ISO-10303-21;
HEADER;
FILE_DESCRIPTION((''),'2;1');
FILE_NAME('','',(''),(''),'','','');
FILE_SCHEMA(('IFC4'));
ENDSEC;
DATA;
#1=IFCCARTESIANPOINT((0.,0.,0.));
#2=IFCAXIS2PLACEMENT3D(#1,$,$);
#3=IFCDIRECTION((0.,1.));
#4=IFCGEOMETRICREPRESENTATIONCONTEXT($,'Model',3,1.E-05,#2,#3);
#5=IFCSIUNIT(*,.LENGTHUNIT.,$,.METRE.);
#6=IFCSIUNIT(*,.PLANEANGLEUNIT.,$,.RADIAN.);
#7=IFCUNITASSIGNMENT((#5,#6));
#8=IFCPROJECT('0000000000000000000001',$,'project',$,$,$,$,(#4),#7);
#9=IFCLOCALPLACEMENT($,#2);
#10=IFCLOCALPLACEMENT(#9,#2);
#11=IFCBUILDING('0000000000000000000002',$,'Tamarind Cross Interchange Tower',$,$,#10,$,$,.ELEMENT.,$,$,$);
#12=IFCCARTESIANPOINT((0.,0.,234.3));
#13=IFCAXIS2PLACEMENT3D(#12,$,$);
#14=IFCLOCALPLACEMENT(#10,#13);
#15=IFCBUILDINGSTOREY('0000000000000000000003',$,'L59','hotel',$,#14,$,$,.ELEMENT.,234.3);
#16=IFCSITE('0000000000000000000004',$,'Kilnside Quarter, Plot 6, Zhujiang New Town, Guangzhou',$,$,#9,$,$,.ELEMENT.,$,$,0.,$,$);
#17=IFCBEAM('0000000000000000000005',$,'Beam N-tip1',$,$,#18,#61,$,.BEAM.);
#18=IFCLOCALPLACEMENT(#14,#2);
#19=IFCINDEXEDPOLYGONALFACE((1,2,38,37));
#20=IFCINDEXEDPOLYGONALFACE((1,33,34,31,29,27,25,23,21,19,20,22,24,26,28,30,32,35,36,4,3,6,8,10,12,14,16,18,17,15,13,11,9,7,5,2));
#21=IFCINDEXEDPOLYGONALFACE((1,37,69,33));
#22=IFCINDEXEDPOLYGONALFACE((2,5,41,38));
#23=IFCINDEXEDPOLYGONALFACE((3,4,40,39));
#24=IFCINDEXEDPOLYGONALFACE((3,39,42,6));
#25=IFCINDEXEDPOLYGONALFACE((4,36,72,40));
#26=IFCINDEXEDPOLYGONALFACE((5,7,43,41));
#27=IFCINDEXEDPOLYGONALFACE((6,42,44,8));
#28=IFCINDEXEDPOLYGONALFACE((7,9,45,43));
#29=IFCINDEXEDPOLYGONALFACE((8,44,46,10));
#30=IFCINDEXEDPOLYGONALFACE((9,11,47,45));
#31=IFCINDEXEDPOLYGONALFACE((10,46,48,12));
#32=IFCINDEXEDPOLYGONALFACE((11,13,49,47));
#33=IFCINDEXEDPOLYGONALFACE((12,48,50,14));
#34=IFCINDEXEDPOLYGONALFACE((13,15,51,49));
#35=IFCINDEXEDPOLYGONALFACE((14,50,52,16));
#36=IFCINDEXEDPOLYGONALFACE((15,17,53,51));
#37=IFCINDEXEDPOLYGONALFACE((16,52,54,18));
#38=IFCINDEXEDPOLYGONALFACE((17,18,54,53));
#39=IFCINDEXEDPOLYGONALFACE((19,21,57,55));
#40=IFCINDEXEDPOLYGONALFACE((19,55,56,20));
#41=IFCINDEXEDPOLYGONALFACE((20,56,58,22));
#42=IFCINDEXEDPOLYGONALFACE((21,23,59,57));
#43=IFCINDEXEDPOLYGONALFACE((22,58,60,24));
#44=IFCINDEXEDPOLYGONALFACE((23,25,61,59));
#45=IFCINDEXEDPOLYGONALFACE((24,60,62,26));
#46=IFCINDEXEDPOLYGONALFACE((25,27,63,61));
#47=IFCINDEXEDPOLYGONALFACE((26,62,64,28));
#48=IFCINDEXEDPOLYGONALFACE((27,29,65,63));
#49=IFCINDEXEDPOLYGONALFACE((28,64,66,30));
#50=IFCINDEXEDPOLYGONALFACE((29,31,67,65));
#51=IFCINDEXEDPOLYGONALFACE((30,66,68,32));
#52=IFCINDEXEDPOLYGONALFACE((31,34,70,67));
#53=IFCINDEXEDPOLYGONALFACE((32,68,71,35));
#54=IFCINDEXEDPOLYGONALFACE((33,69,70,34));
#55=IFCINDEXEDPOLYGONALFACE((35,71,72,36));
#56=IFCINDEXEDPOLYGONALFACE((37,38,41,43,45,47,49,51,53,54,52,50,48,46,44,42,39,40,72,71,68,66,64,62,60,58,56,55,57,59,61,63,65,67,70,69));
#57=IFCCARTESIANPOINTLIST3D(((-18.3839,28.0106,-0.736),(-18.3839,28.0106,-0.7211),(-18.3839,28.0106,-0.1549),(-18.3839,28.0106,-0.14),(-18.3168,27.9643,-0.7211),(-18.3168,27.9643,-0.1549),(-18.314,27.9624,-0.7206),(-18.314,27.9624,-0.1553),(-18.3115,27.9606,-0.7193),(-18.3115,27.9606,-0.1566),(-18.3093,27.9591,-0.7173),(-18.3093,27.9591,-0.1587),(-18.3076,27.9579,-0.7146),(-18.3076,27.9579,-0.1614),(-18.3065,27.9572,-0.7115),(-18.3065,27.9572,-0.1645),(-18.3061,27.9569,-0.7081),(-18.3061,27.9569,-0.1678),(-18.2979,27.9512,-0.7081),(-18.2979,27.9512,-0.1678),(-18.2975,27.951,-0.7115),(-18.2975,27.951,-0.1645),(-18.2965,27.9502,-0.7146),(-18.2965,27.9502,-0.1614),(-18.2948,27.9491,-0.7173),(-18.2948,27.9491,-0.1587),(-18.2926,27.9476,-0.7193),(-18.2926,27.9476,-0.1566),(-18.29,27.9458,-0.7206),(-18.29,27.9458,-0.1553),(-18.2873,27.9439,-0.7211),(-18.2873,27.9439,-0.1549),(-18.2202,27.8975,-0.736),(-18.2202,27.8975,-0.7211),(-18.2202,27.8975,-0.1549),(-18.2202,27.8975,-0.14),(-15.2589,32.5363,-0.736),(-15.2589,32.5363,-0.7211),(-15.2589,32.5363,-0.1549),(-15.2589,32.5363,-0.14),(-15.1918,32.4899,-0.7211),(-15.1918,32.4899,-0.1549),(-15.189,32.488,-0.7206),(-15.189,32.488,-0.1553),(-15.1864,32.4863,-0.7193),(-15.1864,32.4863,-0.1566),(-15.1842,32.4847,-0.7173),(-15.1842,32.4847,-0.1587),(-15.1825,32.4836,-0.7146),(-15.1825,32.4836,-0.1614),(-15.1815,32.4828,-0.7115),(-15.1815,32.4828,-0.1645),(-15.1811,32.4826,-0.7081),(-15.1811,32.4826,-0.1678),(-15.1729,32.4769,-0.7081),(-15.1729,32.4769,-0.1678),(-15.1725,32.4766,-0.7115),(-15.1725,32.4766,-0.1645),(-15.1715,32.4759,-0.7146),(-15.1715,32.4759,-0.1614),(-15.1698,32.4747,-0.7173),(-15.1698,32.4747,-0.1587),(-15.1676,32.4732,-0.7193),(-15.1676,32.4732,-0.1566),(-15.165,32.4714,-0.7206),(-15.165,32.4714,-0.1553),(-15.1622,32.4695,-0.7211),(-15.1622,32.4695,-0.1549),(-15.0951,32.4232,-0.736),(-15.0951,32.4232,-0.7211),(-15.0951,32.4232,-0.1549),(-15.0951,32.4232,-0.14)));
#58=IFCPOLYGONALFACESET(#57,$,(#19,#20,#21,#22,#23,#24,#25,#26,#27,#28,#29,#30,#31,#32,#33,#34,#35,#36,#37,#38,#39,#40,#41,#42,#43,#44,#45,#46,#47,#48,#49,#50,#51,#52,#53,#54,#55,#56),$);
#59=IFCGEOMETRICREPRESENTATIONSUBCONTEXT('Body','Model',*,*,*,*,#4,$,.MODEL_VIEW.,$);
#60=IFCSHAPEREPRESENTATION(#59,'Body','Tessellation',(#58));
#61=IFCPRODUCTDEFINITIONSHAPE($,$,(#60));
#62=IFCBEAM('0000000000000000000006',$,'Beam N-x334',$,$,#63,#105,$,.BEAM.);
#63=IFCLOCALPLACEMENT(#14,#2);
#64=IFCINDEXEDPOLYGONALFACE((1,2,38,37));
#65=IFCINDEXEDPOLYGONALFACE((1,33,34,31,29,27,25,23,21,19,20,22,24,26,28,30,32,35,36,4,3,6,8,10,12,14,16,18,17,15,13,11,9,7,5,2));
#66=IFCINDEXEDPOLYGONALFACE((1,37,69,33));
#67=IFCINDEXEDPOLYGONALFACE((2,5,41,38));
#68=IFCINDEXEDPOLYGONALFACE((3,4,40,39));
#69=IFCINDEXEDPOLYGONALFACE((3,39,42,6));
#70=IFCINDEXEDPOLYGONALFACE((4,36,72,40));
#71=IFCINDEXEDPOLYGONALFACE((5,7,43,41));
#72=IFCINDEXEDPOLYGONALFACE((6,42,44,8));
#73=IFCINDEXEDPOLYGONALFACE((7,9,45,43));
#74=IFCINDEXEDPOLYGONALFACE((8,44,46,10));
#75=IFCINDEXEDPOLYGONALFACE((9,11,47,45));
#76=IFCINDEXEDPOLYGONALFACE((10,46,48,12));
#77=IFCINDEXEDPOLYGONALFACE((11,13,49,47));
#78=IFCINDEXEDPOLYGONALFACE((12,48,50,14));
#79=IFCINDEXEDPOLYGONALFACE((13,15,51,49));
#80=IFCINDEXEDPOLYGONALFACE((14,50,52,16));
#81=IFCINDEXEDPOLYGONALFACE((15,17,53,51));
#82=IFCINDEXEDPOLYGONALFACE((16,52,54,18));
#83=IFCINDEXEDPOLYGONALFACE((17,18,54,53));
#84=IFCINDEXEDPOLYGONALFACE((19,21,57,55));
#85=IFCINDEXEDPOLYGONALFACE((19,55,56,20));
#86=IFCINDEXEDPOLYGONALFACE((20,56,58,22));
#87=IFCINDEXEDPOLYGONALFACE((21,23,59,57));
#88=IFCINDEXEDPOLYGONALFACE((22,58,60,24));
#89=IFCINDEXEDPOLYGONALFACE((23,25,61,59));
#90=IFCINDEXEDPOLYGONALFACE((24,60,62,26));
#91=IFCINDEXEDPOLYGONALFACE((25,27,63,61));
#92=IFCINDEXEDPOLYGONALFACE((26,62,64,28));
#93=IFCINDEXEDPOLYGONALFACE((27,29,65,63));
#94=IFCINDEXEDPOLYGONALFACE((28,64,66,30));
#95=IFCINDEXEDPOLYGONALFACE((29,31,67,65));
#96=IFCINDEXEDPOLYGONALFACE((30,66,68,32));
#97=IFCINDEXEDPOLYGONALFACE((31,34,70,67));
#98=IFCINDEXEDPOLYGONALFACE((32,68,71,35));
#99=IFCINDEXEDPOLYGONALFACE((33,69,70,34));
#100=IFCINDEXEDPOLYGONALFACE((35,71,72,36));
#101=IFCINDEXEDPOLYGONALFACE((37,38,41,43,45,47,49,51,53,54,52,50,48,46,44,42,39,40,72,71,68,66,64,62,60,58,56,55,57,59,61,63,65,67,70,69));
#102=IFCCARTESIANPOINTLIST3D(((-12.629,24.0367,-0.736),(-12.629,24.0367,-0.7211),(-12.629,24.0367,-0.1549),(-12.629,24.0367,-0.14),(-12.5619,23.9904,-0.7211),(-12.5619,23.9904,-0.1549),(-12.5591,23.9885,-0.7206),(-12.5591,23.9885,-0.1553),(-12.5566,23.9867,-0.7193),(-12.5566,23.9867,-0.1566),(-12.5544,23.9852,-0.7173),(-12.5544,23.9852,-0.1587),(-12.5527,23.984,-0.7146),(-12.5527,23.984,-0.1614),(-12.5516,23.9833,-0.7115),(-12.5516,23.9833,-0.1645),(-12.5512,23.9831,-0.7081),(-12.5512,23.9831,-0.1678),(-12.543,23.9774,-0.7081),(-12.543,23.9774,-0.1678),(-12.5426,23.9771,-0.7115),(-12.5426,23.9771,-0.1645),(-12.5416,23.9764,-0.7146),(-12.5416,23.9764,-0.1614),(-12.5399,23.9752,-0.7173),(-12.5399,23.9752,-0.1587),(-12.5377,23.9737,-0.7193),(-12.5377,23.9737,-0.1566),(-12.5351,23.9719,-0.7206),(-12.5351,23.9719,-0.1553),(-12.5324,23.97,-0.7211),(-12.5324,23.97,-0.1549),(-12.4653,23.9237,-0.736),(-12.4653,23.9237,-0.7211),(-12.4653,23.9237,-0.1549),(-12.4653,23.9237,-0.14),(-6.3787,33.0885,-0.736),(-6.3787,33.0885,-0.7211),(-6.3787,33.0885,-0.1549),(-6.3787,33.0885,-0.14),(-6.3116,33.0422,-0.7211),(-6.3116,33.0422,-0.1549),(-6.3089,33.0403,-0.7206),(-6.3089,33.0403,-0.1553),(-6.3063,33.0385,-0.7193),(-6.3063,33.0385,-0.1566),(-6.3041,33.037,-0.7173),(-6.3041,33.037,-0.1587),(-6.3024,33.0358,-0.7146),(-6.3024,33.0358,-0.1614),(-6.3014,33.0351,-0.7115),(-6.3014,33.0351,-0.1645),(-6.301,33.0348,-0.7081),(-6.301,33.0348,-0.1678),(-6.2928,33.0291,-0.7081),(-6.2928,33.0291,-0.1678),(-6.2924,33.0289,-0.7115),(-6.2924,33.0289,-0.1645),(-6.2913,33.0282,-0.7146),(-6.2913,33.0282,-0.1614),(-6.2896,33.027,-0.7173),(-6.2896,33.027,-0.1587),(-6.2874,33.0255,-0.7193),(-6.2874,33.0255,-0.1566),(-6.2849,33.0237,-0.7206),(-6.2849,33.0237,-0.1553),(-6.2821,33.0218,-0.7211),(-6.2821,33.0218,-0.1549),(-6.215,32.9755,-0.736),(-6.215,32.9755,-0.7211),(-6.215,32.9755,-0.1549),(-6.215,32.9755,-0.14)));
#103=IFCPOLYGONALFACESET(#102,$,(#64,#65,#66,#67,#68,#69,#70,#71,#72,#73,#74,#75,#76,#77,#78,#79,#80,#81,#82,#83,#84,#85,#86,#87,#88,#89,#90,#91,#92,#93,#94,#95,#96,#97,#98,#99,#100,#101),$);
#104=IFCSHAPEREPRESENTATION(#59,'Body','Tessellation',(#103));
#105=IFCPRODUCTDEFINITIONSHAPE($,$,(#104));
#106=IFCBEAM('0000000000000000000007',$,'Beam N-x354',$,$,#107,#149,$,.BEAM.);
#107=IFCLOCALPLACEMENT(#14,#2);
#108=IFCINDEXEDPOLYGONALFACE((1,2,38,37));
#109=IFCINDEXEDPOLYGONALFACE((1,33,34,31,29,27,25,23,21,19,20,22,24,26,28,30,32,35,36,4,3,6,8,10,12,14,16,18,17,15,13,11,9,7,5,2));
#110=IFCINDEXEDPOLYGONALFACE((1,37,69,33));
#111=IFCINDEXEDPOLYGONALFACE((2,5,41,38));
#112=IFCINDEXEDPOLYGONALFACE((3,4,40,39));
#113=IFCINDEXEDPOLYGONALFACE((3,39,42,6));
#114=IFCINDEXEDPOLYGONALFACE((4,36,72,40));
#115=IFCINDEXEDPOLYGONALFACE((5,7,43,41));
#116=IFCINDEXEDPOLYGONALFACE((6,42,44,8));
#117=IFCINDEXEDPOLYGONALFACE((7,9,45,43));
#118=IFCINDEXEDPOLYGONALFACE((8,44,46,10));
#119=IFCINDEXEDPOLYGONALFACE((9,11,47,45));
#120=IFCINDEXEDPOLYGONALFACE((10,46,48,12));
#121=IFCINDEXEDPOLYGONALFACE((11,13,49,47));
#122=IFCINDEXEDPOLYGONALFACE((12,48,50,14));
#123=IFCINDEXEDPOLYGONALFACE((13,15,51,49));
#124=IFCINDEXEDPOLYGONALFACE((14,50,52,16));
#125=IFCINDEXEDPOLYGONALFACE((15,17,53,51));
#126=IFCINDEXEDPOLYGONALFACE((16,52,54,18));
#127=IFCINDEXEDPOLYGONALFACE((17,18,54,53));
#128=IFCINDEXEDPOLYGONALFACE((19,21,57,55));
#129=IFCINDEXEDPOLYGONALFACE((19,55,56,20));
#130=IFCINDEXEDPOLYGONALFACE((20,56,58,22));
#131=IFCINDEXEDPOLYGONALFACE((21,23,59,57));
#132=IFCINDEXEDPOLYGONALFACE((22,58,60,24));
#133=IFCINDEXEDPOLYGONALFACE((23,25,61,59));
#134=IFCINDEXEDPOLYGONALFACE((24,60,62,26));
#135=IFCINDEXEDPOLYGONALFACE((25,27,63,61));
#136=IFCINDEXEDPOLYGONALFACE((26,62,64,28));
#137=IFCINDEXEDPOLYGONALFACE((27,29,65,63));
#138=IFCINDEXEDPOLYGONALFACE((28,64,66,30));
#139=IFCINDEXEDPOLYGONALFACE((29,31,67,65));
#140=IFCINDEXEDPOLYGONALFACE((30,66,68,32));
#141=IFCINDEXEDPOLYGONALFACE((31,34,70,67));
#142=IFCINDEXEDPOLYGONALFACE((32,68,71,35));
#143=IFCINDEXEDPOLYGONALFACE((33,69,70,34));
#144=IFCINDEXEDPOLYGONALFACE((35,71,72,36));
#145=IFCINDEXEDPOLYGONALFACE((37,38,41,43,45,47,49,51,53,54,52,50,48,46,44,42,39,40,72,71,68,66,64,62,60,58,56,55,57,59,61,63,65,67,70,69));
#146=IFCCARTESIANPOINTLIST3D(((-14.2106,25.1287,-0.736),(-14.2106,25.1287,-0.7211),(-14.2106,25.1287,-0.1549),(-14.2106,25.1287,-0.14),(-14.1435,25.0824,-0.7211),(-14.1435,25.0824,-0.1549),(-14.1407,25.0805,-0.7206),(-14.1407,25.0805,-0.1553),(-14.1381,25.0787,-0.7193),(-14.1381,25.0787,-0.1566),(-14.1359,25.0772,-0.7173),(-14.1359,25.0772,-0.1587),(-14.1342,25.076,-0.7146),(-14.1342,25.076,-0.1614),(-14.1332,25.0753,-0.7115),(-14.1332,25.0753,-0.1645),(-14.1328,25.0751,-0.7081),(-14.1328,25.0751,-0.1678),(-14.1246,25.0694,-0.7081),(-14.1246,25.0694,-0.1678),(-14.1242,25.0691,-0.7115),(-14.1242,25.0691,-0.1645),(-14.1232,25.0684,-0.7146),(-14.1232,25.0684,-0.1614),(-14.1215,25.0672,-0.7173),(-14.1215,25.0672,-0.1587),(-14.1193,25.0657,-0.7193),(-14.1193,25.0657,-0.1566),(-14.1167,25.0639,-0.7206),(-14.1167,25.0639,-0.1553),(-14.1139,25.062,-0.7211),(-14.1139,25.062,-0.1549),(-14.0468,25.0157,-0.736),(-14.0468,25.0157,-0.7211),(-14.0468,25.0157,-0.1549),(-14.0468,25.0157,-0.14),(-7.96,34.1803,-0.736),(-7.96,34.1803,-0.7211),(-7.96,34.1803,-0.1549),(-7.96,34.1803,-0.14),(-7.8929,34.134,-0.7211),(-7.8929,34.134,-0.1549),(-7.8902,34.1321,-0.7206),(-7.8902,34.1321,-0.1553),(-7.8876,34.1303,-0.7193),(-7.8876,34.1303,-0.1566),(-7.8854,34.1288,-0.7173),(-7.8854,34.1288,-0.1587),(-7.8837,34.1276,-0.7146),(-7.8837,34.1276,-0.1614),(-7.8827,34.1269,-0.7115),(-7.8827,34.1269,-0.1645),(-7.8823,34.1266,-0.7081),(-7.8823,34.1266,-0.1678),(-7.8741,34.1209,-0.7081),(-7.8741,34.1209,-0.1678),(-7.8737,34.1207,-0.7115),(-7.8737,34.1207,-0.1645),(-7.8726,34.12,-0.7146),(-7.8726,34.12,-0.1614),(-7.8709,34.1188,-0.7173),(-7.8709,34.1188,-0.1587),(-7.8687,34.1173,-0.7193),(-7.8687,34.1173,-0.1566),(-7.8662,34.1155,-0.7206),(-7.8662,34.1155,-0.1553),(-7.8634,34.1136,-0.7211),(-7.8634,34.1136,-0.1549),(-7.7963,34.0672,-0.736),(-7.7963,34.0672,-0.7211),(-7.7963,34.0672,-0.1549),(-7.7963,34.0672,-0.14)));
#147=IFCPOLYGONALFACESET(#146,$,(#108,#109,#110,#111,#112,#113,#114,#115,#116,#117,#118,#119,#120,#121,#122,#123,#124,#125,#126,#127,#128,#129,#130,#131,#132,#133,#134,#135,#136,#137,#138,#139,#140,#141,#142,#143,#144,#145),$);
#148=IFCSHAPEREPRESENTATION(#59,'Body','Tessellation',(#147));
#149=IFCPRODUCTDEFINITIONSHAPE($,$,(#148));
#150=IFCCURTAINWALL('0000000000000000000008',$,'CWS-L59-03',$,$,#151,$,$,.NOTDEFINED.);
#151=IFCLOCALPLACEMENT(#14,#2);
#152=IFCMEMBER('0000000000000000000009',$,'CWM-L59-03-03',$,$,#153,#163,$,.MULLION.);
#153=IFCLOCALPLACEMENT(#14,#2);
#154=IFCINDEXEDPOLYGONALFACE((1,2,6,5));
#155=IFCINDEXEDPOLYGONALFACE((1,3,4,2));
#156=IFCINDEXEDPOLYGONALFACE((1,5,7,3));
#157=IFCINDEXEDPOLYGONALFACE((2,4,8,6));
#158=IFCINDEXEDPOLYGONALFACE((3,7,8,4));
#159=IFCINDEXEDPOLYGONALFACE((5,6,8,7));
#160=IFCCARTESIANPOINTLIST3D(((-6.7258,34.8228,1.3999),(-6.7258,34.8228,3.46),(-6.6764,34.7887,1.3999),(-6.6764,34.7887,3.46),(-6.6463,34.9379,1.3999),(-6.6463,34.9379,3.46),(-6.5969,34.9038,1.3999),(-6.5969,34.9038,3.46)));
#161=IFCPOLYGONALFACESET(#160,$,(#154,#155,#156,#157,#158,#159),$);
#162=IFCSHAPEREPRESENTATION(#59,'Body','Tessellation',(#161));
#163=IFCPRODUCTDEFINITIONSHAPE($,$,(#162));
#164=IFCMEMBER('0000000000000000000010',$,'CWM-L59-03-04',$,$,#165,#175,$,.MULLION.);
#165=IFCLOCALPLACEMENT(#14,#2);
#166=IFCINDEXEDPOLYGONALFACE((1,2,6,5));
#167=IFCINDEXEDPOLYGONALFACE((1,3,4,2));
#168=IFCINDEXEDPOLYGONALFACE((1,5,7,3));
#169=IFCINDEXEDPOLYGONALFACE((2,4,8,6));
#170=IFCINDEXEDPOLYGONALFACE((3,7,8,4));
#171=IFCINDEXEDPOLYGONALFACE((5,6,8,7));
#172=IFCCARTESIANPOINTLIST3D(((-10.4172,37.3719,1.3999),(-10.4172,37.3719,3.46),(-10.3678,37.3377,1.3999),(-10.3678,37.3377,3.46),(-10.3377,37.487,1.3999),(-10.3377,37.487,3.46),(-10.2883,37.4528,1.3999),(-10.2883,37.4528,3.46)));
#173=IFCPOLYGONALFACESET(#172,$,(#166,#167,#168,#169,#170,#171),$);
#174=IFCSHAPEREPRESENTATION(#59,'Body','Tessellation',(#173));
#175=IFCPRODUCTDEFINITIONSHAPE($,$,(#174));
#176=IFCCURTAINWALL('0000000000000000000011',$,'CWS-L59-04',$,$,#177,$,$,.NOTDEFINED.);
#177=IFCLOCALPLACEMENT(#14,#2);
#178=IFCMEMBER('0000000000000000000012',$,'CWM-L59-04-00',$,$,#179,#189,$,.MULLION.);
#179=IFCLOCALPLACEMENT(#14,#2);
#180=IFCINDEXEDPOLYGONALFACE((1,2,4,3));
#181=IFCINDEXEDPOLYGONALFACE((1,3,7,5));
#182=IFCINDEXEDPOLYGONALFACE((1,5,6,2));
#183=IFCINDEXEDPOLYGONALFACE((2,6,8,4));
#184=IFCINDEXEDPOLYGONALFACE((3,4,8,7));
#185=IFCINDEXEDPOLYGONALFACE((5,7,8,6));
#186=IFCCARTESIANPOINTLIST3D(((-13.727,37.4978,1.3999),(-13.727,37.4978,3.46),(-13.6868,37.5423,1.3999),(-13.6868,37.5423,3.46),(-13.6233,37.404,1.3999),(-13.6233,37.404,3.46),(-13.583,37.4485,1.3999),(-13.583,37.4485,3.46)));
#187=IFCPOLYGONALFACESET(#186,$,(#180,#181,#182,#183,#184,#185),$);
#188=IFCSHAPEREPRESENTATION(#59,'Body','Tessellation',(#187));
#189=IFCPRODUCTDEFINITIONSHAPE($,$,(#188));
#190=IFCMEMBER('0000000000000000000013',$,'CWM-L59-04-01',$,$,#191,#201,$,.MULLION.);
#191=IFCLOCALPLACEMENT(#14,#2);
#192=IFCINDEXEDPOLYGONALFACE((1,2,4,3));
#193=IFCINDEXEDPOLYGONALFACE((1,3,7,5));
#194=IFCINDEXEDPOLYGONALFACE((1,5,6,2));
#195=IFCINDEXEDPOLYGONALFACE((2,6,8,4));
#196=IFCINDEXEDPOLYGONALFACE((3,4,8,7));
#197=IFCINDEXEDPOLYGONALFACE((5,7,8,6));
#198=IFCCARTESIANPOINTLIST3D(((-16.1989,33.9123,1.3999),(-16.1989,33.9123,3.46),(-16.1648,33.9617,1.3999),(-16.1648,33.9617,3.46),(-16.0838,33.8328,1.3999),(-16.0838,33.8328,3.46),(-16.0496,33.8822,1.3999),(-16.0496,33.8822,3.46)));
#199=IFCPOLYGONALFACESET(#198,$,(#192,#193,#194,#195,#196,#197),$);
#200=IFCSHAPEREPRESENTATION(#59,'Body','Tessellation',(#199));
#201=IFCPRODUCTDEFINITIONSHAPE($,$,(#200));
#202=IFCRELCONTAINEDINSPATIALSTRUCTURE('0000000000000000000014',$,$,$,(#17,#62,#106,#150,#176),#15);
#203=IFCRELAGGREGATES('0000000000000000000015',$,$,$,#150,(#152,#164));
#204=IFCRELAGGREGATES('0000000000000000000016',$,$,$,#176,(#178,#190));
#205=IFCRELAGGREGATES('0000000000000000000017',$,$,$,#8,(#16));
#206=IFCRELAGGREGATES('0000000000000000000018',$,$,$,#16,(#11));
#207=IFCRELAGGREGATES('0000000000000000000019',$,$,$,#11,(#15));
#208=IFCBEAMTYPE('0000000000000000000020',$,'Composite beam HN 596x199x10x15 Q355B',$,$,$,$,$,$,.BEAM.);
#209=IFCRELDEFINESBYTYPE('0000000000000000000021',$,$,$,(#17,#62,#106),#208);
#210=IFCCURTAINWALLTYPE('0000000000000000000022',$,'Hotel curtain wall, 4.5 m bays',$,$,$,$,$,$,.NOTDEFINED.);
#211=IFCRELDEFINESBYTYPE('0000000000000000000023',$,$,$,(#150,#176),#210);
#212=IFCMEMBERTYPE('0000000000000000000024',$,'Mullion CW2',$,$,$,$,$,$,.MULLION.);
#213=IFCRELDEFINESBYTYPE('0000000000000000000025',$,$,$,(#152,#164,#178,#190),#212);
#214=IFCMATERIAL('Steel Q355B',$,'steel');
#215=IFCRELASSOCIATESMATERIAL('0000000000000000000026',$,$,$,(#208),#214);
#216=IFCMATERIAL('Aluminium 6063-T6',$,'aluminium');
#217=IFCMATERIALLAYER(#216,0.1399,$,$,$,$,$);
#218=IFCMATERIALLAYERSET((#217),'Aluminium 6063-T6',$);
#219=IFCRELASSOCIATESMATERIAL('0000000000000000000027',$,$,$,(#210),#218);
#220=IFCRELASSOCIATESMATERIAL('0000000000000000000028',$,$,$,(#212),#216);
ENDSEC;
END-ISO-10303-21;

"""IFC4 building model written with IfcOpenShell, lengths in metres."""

from ifc_helpers import new_model, si_unit, direction, frame, origin, origin_2d, place, context, subcontext, project, spatial, rectangle, i_section, extrude, material, layer, layer_set, material_profile, profile_set, type_object, element, aggregate, save


model = new_model("IFC4")

# Units and contexts
model_context = context("Model", 3, precision=1e-05, world=origin(), true_north=direction((0.0, 1.0)))
body_context = subcontext(model_context, "Body", "Model", "MODEL_VIEW")
ifc_project = project(units=[si_unit("LENGTHUNIT", "METRE"), si_unit("PLANEANGLEUNIT", "RADIAN")], contexts=[model_context])

# Site, building, storey
site_placement = place(None, origin())
site = spatial("IfcSite", under=ifc_project, at=site_placement, Name="Kilnside Quarter, Plot 6, Zhujiang New Town, Guangzhou", CompositionType="ELEMENT", RefElevation=0.0)
building_placement = place(site_placement, origin())
building = spatial("IfcBuilding", under=site, at=building_placement, Name="Tamarind Cross Interchange Tower", CompositionType="ELEMENT")
storey_placement = place(building_placement, frame((0.0, 0.0, 234.3)))
storey = spatial("IfcBuildingStorey", under=building, at=storey_placement, Name="L59", Description="hotel", CompositionType="ELEMENT", Elevation=234.3)

# Beams
ifc_material_1 = material(Name="Steel Q355B", Category="steel")
ifc_material_profile_1 = material_profile(ifc_material_1, i_section(OverallWidth=0.199, OverallDepth=0.5959, WebThickness=0.01, FlangeThickness=0.0149, FilletRadius=0.0129, at=origin_2d()), Name="HN 596x199x10x15")
ifc_profile_set_1 = profile_set([ifc_material_profile_1], Name="Steel Q355B")
beam_type_1 = type_object("IfcBeamType", Name="Composite beam HN 596x199x10x15 Q355B", PredefinedType="BEAM", material=ifc_profile_set_1)
beam_1_placement = place(storey_placement, frame((-15.177, 32.4797, -0.438), z_axis=(-0.56821, -0.822884, 0.0), x_axis=(0.822884, -0.56821, 0.0)))
element("IfcBeam", 1, at=beam_1_placement, inside=storey, type_object=beam_type_1, Name="Beam N-tip1", PredefinedType="BEAM", context=body_context, shape_type="SweptSolid", body=[
    extrude(i_section(OverallWidth=0.199, OverallDepth=0.5959, WebThickness=0.01, FlangeThickness=0.0149, FilletRadius=0.0129, at=origin_2d()), origin(), (0.0, 0.0, 1.0), 5.4998),
])
for number, where, z_axis, x_axis, name in (
    (2, (-6.2969, 33.032, -0.438), (-0.568204, -0.822888, 0.0), (0.822888, -0.568204, 0.0), "Beam N-x334"),
    (3, (-7.8782, 34.1238, -0.438), (-0.56823, -0.82287, 0.0), (0.82287, -0.56823, 0.0), "Beam N-x354"),
):
    element("IfcBeam", number, at=place(storey_placement, frame(where, z_axis=z_axis, x_axis=x_axis)), inside=storey, type_object=beam_type_1, Name=name, PredefinedType="BEAM", context=body_context, shape_type="SweptSolid", body=[
        extrude(i_section(OverallWidth=0.199, OverallDepth=0.5959, WebThickness=0.01, FlangeThickness=0.0149, FilletRadius=0.0129, at=origin_2d()), origin(), (0.0, 0.0, 1.0), 11.0),
    ])

# Curtain walls, members
ifc_material_2 = material(Name="Aluminium 6063-T6", Category="aluminium")
ifc_layer_1 = layer(ifc_material_2, 0.1399)
ifc_layer_set_1 = layer_set([ifc_layer_1], Name="Aluminium 6063-T6")
curtain_wall_type = type_object("IfcCurtainWallType", Name="Hotel curtain wall, 4.5 m bays", PredefinedType="NOTDEFINED", material=ifc_layer_set_1)
curtain_wall_1_placement = place(storey_placement, origin())
curtain_wall_1 = element("IfcCurtainWall", 4, at=curtain_wall_1_placement, inside=storey, type_object=curtain_wall_type, Name="CWS-L59-03", PredefinedType="NOTDEFINED")
ifc_material_profile_2 = material_profile(ifc_material_2, rectangle(XDim=0.0601, YDim=0.1399, at=origin_2d()), Name="Mullion CW2")
ifc_profile_set_2 = profile_set([ifc_material_profile_2], Name="Aluminium 6063-T6")
member_type = type_object("IfcMemberType", Name="Mullion CW2", PredefinedType="MULLION", material=ifc_profile_set_2)
member_1_placement = place(storey_placement, frame((-6.6614, 34.8633, 1.3999), z_axis=(0.0, 0.0, 1.0), x_axis=(-0.822883, 0.568211, 0.0)))
member_1 = element("IfcMember", 5, at=member_1_placement, type_object=member_type, Name="CWM-L59-03-03", PredefinedType="MULLION", context=body_context, shape_type="SweptSolid", body=[
    extrude(rectangle(XDim=0.0601, YDim=0.1399, at=origin_2d()), origin(), (0.0, 0.0, 1.0), 2.0601),
])
member_2_placement = place(storey_placement, frame((-10.3528, 37.4124, 1.3999), z_axis=(0.0, 0.0, 1.0), x_axis=(-0.822883, 0.568211, 0.0)))
member_2 = element("IfcMember", 6, at=member_2_placement, type_object=member_type, Name="CWM-L59-03-04", PredefinedType="MULLION", context=body_context, shape_type="SweptSolid", body=[
    extrude(rectangle(XDim=0.0601, YDim=0.1399, at=origin_2d()), origin(), (0.0, 0.0, 1.0), 2.0601),
])
aggregate(curtain_wall_1, [member_1, member_2])
curtain_wall_2_placement = place(storey_placement, origin())
curtain_wall_2 = element("IfcCurtainWall", 7, at=curtain_wall_2_placement, inside=storey, type_object=curtain_wall_type, Name="CWS-L59-04", PredefinedType="NOTDEFINED")
member_3_placement = place(storey_placement, frame((-13.655, 37.4731, 1.3999), z_axis=(0.0, 0.0, 1.0), x_axis=(-0.670758, -0.741676, 0.0)))
member_3 = element("IfcMember", 8, at=member_3_placement, type_object=member_type, Name="CWM-L59-04-00", PredefinedType="MULLION", context=body_context, shape_type="SweptSolid", body=[
    extrude(rectangle(XDim=0.0601, YDim=0.1399, at=origin_2d()), origin(), (0.0, 0.0, 1.0), 2.0601),
])
member_4_placement = place(storey_placement, frame((-16.1243, 33.8972, 1.3999), z_axis=(0.0, 0.0, 1.0), x_axis=(-0.568211, -0.822883, 0.0)))
member_4 = element("IfcMember", 9, at=member_4_placement, type_object=member_type, Name="CWM-L59-04-01", PredefinedType="MULLION", context=body_context, shape_type="SweptSolid", body=[
    extrude(rectangle(XDim=0.0601, YDim=0.1399, at=origin_2d()), origin(), (0.0, 0.0, 1.0), 2.0601),
])
aggregate(curtain_wall_2, [member_3, member_4])

save(model, "model.ifc")
